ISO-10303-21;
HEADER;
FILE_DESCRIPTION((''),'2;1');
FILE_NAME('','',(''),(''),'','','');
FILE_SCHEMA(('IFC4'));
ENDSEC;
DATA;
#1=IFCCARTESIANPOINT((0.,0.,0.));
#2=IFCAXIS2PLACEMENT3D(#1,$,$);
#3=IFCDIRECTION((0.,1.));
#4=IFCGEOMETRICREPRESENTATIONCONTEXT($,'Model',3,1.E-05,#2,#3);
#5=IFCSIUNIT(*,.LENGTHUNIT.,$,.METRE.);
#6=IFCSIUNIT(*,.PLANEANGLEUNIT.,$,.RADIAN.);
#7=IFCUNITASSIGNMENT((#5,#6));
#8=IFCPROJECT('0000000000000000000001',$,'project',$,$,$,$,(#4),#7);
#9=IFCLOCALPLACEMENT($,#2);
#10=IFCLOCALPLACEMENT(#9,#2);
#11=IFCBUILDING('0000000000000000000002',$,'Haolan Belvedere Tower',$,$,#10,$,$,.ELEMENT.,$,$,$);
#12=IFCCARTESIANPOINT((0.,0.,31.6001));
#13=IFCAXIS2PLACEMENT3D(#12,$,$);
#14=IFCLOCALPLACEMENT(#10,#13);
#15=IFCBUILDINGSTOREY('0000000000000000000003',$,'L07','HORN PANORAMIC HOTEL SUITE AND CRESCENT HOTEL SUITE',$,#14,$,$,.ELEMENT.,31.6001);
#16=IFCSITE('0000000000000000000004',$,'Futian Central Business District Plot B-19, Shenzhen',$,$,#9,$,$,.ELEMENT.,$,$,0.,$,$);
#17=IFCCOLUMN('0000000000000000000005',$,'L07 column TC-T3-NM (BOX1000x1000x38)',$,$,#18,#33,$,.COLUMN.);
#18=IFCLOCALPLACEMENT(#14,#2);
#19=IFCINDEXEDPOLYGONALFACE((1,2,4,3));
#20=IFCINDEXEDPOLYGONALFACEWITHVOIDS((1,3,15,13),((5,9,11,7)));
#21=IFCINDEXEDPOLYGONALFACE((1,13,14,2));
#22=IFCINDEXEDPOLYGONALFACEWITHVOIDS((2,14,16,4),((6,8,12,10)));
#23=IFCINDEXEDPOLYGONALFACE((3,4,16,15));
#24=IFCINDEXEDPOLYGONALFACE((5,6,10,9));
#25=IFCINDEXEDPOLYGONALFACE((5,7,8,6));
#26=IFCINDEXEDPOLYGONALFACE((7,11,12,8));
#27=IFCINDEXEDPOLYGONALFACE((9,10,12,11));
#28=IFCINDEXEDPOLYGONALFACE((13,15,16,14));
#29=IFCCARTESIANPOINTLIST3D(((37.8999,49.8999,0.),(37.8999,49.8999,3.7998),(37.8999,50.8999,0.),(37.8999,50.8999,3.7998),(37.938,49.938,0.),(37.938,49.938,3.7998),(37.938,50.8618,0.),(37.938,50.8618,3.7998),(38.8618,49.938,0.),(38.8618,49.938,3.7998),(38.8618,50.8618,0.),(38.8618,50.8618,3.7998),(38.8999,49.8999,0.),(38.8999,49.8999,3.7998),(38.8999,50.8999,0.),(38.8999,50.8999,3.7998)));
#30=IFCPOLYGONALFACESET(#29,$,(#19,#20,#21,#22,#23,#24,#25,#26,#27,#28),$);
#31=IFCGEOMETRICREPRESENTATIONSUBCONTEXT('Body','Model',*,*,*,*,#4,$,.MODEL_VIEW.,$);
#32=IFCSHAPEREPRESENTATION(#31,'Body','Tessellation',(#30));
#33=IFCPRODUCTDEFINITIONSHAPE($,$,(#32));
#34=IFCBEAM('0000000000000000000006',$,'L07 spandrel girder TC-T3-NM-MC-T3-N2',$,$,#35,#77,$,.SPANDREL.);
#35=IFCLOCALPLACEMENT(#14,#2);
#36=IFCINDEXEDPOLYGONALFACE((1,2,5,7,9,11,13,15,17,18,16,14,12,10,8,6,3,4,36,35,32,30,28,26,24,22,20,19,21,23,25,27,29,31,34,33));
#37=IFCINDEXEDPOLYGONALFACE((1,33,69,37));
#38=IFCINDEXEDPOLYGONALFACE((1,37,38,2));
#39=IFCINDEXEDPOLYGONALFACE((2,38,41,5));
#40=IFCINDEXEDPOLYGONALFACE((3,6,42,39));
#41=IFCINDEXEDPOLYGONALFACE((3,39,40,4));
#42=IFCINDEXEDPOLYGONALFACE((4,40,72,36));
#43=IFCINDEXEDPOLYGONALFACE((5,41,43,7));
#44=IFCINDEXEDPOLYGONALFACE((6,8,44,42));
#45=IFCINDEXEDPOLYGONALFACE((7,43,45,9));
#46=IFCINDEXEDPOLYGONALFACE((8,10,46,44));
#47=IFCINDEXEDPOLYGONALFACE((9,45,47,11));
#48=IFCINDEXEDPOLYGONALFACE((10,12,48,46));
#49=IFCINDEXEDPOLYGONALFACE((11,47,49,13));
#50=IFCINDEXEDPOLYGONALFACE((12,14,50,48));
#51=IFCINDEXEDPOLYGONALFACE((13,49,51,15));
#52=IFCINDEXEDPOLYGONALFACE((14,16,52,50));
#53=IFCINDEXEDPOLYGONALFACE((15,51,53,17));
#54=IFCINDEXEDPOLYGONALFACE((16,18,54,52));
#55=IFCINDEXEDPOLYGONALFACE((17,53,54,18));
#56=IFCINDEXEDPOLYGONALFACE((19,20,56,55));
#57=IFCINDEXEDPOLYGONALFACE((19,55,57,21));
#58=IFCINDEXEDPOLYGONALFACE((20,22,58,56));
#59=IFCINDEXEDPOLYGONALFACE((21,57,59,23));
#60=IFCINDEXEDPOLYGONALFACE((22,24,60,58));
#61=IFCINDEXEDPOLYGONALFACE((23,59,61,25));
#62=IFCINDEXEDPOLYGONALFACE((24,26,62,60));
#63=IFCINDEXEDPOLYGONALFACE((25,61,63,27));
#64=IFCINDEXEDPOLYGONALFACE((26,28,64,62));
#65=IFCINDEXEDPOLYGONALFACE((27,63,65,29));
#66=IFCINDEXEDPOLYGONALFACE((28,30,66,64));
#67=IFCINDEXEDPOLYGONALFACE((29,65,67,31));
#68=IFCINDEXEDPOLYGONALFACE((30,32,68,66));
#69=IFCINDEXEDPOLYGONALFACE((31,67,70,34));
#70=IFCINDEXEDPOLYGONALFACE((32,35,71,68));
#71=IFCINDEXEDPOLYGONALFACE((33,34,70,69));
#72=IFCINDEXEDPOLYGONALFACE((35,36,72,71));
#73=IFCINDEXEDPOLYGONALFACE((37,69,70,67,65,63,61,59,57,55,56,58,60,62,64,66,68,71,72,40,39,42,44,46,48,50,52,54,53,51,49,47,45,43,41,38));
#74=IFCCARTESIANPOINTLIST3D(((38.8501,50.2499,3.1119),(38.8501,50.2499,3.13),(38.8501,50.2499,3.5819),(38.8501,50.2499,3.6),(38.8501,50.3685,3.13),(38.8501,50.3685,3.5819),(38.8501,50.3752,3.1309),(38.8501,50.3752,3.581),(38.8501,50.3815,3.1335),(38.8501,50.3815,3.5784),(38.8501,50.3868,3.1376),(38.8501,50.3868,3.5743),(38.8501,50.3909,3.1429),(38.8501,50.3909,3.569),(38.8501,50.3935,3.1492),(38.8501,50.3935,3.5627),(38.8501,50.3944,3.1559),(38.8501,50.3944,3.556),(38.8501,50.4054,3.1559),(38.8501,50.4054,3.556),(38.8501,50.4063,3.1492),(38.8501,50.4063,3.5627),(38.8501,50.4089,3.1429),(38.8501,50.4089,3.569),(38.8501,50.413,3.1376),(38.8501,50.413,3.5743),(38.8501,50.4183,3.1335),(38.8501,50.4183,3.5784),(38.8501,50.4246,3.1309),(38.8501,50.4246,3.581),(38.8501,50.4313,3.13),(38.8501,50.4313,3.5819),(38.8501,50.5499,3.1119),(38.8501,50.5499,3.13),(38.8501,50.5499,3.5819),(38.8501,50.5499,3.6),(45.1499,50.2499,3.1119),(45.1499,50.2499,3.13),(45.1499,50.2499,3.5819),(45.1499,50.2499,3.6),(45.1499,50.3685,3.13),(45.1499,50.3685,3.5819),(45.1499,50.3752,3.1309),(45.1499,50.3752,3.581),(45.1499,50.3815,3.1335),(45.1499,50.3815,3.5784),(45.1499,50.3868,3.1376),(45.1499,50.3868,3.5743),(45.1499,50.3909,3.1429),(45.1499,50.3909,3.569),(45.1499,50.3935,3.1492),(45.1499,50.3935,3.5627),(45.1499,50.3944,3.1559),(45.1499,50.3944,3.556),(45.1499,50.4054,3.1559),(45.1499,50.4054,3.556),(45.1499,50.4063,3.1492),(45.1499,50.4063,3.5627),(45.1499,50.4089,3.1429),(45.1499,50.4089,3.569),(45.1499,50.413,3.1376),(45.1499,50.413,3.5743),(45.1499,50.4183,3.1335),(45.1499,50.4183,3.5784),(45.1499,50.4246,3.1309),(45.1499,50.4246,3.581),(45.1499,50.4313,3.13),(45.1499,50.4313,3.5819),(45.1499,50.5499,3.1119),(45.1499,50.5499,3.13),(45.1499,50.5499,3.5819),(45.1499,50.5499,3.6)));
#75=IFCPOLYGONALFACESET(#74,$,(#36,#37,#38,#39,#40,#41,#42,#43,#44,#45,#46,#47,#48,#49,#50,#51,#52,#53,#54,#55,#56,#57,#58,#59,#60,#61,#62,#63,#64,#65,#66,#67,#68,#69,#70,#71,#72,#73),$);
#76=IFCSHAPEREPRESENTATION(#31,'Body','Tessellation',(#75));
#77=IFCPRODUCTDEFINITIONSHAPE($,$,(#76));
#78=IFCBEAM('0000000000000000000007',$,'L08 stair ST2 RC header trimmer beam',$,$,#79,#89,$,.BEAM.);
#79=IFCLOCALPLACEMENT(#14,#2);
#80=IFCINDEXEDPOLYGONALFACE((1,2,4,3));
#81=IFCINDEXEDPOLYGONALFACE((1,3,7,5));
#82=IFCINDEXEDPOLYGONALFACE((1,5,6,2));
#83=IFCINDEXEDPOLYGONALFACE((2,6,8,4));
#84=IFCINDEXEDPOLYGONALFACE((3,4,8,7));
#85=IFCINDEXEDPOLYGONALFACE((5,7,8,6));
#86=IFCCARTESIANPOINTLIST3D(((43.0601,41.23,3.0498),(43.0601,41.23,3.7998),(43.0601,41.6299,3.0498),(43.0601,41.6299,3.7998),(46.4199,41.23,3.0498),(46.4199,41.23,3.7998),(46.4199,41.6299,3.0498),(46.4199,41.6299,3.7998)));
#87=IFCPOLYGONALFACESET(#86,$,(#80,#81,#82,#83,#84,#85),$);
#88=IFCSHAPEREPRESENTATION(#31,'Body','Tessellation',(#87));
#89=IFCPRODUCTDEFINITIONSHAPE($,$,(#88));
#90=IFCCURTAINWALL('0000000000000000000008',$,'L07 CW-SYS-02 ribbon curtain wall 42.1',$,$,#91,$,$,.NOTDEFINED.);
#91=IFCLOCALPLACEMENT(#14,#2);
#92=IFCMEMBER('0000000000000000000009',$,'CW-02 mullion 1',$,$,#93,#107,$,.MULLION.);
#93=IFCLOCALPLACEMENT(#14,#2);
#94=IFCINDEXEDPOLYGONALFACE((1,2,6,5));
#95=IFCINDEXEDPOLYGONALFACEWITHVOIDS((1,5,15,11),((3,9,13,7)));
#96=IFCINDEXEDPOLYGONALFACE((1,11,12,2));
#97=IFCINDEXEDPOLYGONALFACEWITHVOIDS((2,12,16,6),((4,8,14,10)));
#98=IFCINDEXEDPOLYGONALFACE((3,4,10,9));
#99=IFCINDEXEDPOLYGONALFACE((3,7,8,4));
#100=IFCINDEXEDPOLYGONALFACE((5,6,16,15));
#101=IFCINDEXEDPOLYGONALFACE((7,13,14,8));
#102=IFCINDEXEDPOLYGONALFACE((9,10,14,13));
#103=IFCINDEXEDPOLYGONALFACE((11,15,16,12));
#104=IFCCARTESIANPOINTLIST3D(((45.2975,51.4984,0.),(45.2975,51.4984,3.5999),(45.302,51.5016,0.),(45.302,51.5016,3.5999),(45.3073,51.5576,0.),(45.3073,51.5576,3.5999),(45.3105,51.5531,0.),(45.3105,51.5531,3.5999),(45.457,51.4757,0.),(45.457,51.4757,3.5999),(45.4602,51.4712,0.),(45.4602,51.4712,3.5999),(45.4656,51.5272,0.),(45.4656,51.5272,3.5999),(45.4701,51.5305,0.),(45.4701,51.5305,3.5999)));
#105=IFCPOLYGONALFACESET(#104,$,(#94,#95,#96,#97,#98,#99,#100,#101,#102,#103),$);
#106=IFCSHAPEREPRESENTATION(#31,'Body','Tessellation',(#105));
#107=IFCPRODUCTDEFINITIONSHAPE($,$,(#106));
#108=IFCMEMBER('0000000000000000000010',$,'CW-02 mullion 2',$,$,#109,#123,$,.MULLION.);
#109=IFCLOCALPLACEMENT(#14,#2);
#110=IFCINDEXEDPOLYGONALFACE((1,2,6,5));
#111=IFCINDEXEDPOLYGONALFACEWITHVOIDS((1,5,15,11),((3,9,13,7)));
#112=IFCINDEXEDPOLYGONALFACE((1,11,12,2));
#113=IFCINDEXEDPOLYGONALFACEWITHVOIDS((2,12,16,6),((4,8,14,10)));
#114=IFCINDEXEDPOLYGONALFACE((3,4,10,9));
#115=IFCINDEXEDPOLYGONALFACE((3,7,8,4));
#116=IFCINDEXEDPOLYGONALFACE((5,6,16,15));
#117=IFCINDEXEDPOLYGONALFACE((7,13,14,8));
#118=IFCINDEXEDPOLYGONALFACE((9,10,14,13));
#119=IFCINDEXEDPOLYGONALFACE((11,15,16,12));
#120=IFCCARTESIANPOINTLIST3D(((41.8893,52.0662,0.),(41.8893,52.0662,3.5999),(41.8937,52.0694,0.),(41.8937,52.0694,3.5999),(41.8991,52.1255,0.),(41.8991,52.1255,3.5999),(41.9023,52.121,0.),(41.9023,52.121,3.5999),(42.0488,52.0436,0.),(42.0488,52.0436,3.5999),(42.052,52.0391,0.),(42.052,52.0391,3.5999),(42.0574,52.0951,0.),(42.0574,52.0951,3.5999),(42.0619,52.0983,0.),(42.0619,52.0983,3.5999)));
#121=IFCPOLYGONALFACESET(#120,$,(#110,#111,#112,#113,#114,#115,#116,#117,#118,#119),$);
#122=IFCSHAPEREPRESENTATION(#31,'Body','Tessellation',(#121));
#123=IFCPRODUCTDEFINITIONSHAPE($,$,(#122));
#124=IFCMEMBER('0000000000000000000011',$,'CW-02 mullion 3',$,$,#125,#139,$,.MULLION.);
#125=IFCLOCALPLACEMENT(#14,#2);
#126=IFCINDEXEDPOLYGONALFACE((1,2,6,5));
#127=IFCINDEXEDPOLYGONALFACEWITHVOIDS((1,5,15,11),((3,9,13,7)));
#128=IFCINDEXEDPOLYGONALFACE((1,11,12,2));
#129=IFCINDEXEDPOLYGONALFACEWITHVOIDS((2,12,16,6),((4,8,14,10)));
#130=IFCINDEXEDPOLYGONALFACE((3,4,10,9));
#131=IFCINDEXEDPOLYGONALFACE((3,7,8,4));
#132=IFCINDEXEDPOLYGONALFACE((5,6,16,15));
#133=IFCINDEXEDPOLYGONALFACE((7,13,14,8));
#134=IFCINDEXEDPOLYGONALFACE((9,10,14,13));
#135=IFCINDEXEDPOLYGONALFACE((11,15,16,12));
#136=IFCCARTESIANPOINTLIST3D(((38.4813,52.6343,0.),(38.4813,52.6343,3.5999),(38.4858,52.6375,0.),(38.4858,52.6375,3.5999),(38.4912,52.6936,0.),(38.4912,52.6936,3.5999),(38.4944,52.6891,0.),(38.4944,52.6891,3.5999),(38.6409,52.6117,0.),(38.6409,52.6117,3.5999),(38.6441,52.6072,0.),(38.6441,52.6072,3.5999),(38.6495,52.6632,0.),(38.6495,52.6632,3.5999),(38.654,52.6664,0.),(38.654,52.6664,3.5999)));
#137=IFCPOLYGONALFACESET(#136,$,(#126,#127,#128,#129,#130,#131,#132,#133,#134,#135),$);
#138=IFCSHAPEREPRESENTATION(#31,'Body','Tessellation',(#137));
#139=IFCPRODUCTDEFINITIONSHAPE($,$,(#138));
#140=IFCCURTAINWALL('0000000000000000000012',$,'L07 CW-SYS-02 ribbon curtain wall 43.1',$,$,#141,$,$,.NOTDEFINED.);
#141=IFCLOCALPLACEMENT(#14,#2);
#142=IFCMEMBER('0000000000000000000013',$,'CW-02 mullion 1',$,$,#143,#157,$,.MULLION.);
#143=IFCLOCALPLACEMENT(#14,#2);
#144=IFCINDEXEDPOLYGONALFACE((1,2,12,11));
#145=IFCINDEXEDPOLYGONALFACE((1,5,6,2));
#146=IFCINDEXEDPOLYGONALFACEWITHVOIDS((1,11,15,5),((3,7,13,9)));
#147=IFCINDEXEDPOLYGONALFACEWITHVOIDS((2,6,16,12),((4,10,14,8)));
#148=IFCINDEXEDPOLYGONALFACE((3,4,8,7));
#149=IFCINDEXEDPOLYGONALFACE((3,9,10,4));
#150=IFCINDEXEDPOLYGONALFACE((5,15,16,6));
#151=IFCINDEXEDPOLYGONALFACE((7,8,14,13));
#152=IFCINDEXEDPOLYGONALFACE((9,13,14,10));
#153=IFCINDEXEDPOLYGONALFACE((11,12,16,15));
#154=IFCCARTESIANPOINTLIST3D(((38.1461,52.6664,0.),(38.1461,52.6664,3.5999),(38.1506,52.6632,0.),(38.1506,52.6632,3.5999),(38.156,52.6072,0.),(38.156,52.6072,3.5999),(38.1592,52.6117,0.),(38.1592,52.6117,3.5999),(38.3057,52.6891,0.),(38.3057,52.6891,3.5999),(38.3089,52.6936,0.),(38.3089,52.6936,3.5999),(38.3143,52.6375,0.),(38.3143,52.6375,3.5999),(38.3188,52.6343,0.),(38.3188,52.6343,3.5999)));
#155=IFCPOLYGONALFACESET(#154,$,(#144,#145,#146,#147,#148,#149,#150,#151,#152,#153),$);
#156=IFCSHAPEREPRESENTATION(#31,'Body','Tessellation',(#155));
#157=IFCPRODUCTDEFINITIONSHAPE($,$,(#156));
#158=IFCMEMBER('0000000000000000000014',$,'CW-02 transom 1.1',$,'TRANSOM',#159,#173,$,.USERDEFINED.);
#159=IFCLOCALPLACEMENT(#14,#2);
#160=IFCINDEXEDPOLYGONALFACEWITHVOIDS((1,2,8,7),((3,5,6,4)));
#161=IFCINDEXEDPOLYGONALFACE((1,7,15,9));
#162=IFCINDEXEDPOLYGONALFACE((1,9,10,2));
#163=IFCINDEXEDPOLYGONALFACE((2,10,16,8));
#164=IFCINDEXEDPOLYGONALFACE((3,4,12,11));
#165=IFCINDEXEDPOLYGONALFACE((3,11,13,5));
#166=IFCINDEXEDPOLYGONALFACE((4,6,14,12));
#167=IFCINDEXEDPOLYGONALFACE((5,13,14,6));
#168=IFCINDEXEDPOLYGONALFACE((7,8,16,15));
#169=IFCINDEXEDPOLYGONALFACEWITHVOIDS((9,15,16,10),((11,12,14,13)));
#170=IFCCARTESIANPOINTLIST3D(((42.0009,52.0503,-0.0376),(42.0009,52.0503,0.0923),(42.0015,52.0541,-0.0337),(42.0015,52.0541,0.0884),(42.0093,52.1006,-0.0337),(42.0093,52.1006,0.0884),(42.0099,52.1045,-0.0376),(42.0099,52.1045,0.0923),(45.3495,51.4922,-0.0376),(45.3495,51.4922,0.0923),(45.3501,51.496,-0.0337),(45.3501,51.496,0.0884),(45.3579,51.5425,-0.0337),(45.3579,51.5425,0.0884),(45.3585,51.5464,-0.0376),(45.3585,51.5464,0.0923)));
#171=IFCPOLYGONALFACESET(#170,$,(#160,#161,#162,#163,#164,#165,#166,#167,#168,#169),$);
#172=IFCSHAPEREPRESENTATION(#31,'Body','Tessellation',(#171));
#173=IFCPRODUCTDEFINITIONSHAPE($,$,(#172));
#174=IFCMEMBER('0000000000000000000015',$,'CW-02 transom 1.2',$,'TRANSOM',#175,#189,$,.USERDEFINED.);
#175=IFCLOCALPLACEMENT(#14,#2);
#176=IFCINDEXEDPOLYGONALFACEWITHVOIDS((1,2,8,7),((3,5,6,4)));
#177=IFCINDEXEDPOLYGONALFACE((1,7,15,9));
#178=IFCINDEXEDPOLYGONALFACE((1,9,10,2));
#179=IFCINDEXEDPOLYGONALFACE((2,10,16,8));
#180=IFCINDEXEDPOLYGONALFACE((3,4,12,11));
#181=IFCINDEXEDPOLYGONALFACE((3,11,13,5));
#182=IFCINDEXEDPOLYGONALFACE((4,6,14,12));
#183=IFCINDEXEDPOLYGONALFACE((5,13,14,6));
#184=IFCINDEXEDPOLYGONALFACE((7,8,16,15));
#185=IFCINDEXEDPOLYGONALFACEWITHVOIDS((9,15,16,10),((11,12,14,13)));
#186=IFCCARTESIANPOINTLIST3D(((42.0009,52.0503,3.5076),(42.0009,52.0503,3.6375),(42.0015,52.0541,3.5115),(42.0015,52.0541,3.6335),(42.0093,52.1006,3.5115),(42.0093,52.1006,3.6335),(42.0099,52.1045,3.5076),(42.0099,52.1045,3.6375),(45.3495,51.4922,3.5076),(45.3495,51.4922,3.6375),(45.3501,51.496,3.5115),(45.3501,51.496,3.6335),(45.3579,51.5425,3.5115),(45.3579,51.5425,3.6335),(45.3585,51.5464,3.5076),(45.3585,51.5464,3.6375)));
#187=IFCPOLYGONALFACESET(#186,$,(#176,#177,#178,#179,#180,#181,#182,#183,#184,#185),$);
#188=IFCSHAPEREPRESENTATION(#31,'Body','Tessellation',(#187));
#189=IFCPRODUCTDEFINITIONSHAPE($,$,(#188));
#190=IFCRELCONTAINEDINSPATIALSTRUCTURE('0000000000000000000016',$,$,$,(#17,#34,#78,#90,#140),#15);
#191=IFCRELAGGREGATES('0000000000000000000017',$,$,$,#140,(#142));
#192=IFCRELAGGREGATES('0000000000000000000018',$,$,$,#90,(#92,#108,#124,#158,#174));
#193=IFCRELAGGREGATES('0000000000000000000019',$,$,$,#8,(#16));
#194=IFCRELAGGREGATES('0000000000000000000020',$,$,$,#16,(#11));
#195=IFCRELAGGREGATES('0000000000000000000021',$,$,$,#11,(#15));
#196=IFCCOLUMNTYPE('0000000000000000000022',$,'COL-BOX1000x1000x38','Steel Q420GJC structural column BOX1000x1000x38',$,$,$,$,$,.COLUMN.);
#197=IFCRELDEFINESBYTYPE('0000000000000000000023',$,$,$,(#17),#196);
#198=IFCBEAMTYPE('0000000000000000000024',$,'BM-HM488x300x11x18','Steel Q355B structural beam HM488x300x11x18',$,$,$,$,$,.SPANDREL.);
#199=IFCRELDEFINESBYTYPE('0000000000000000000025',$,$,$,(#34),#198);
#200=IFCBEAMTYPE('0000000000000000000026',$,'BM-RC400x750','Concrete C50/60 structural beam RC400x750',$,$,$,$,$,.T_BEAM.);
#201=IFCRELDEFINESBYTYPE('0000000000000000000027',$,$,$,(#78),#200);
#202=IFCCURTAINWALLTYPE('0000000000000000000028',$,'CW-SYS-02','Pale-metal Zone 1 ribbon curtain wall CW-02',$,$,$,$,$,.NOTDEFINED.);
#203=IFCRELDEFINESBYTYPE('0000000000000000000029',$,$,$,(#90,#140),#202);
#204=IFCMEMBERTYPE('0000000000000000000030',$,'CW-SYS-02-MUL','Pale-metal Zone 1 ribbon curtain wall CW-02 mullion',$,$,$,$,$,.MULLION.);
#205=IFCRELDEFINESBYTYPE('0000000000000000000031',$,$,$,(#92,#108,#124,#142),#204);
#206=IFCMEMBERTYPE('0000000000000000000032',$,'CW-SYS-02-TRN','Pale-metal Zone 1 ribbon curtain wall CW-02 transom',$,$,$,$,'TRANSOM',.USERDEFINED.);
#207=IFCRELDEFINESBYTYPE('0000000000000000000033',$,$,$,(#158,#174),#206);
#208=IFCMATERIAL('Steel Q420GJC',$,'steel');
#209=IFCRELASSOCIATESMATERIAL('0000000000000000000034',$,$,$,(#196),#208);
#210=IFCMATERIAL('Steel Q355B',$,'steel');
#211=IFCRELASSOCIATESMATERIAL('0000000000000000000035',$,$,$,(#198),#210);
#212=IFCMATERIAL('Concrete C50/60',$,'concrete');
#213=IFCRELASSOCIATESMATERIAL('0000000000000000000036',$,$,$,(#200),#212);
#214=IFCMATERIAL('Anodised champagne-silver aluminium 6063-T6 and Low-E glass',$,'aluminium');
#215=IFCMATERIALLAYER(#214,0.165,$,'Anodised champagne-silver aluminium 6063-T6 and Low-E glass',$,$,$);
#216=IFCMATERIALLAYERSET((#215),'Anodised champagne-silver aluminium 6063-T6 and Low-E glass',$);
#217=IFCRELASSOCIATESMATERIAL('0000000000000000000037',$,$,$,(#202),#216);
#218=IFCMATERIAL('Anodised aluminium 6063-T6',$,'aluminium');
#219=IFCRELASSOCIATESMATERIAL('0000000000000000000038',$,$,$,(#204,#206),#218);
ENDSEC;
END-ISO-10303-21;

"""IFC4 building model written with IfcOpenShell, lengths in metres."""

from ifc_helpers import new_model, si_unit, direction, frame, origin, origin_2d, place, context, subcontext, project, spatial, rectangle, hollow_rectangle, i_section, extrude, material, layer, layer_set, material_profile, profile_set, type_object, element, aggregate, save


model = new_model("IFC4")

# Units and contexts
model_context = context("Model", 3, precision=1e-05, world=origin(), true_north=direction((0.0, 1.0)))
body_context = subcontext(model_context, "Body", "Model", "MODEL_VIEW")
ifc_project = project(units=[si_unit("LENGTHUNIT", "METRE"), si_unit("PLANEANGLEUNIT", "RADIAN")], contexts=[model_context])

# Site, building, storey
site_placement = place(None, origin())
site = spatial("IfcSite", under=ifc_project, at=site_placement, Name="Futian Central Business District Plot B-19, Shenzhen", CompositionType="ELEMENT", RefElevation=0.0)
building_placement = place(site_placement, origin())
building = spatial("IfcBuilding", under=site, at=building_placement, Name="Haolan Belvedere Tower", CompositionType="ELEMENT")
storey_placement = place(building_placement, frame((0.0, 0.0, 31.6001)))
storey = spatial("IfcBuildingStorey", under=building, at=storey_placement, Name="L07", Description="HORN PANORAMIC HOTEL SUITE AND CRESCENT HOTEL SUITE", CompositionType="ELEMENT", Elevation=31.6001)

# Column
ifc_material_1 = material(Name="Steel Q420GJC", Category="steel")
ifc_material_profile_1 = material_profile(ifc_material_1, hollow_rectangle(XDim=1.0, YDim=1.0, WallThickness=0.0381, at=origin_2d()), Name="Steel Q420GJC")
ifc_profile_set_1 = profile_set([ifc_material_profile_1], Name="Steel Q420GJC")
column_type = type_object("IfcColumnType", Name="COL-BOX1000x1000x38", Description="Steel Q420GJC structural column BOX1000x1000x38", PredefinedType="COLUMN", material=ifc_profile_set_1)
column_placement = place(storey_placement, frame((38.3999, 50.3999, 0.0), z_axis=(0.0, 0.0, 1.0), x_axis=(1.0, 0.0, 0.0)))
element("IfcColumn", 1, at=column_placement, inside=storey, type_object=column_type, Name="L07 column TC-T3-NM (BOX1000x1000x38)", PredefinedType="COLUMN", context=body_context, shape_type="SweptSolid", body=[
    extrude(hollow_rectangle(XDim=1.0, YDim=1.0, WallThickness=0.0381, at=origin_2d()), origin(), (0.0, 0.0, 1.0), 3.7998),
])

# Beams
ifc_material_2 = material(Name="Steel Q355B", Category="steel")
ifc_material_profile_2 = material_profile(ifc_material_2, i_section(OverallWidth=0.3, OverallDepth=0.488, WebThickness=0.011, FlangeThickness=0.0181, FilletRadius=0.0259, at=origin_2d()), Name="Steel Q355B")
ifc_profile_set_2 = profile_set([ifc_material_profile_2], Name="Steel Q355B")
beam_type_1 = type_object("IfcBeamType", Name="BM-HM488x300x11x18", Description="Steel Q355B structural beam HM488x300x11x18", PredefinedType="SPANDREL", material=ifc_profile_set_2)
beam_1_placement = place(storey_placement, frame((38.8501, 50.3999, 3.356), z_axis=(1.0, 0.0, 0.0), x_axis=(0.0, 1.0, 0.0)))
element("IfcBeam", 2, at=beam_1_placement, inside=storey, type_object=beam_type_1, Name="L07 spandrel girder TC-T3-NM-MC-T3-N2", PredefinedType="SPANDREL", context=body_context, shape_type="SweptSolid", body=[
    extrude(i_section(OverallWidth=0.3, OverallDepth=0.488, WebThickness=0.011, FlangeThickness=0.0181, FilletRadius=0.0259, at=origin_2d()), origin(), (0.0, 0.0, 1.0), 6.2998),
])
ifc_material_3 = material(Name="Concrete C50/60", Category="concrete")
ifc_material_profile_3 = material_profile(ifc_material_3, rectangle(XDim=0.3999, YDim=0.75, at=origin_2d()), Name="Concrete C50/60")
ifc_profile_set_3 = profile_set([ifc_material_profile_3], Name="Concrete C50/60")
beam_type_2 = type_object("IfcBeamType", Name="BM-RC400x750", Description="Concrete C50/60 structural beam RC400x750", PredefinedType="T_BEAM", material=ifc_profile_set_3)
beam_2_placement = place(storey_placement, frame((43.0601, 41.4299, 3.4248), z_axis=(1.0, 0.0, 0.0), x_axis=(0.0, 1.0, 0.0)))
element("IfcBeam", 3, at=beam_2_placement, inside=storey, type_object=beam_type_2, Name="L08 stair ST2 RC header trimmer beam", PredefinedType="BEAM", context=body_context, shape_type="SweptSolid", body=[
    extrude(rectangle(XDim=0.3999, YDim=0.75, at=origin_2d()), origin(), (0.0, 0.0, 1.0), 3.3599),
])

# Curtain wall, members
ifc_material_4 = material(Name="Anodised champagne-silver aluminium 6063-T6 and Low-E glass", Category="aluminium")
ifc_layer_1 = layer(ifc_material_4, 0.165, Name="Anodised champagne-silver aluminium 6063-T6 and Low-E glass")
ifc_layer_set_1 = layer_set([ifc_layer_1], Name="Anodised champagne-silver aluminium 6063-T6 and Low-E glass")
curtain_wall_type = type_object("IfcCurtainWallType", Name="CW-SYS-02", Description="Pale-metal Zone 1 ribbon curtain wall CW-02", PredefinedType="NOTDEFINED", material=ifc_layer_set_1)
curtain_wall_1_placement = place(storey_placement, origin())
curtain_wall_1 = element("IfcCurtainWall", 4, at=curtain_wall_1_placement, inside=storey, type_object=curtain_wall_type, Name="L07 CW-SYS-02 ribbon curtain wall 42.1", PredefinedType="NOTDEFINED")
ifc_material_5 = material(Name="Anodised aluminium 6063-T6", Category="aluminium")
ifc_material_profile_4 = material_profile(ifc_material_5, hollow_rectangle(XDim=0.0601, YDim=0.165, WallThickness=0.0039, at=origin_2d()), Name="Anodised aluminium 6063-T6")
ifc_profile_set_4 = profile_set([ifc_material_profile_4], Name="Anodised aluminium 6063-T6")
member_type_1 = type_object("IfcMemberType", Name="CW-SYS-02-MUL", Description="Pale-metal Zone 1 ribbon curtain wall CW-02 mullion", PredefinedType="MULLION", material=ifc_profile_set_4)
member_1_placement = place(storey_placement, frame((45.3838, 51.5144, 0.0), z_axis=(0.0, 0.0, 1.0), x_axis=(-0.164404, -0.986393, 0.0)))
member_1 = element("IfcMember", 5, at=member_1_placement, type_object=member_type_1, Name="CW-02 mullion 1", PredefinedType="MULLION", context=body_context, shape_type="SweptSolid", body=[
    extrude(hollow_rectangle(XDim=0.0601, YDim=0.165, WallThickness=0.0039, at=origin_2d()), origin(), (0.0, 0.0, 1.0), 3.5999),
])
member_2_placement = place(storey_placement, frame((41.9756, 52.0823, 0.0), z_axis=(0.0, 0.0, 1.0), x_axis=(-0.164404, -0.986393, 0.0)))
member_2 = element("IfcMember", 6, at=member_2_placement, type_object=member_type_1, Name="CW-02 mullion 2", PredefinedType="MULLION", context=body_context, shape_type="SweptSolid", body=[
    extrude(hollow_rectangle(XDim=0.0601, YDim=0.165, WallThickness=0.0039, at=origin_2d()), origin(), (0.0, 0.0, 1.0), 3.5999),
])
member_3_placement = place(storey_placement, frame((38.5676, 52.6504, 0.0), z_axis=(0.0, 0.0, 1.0), x_axis=(-0.164404, -0.986393, 0.0)))
member_3 = element("IfcMember", 7, at=member_3_placement, type_object=member_type_1, Name="CW-02 mullion 3", PredefinedType="MULLION", context=body_context, shape_type="SweptSolid", body=[
    extrude(hollow_rectangle(XDim=0.0601, YDim=0.165, WallThickness=0.0039, at=origin_2d()), origin(), (0.0, 0.0, 1.0), 3.5999),
])

# Curtain wall, member
curtain_wall_2_placement = place(storey_placement, origin())
curtain_wall_2 = element("IfcCurtainWall", 8, at=curtain_wall_2_placement, inside=storey, type_object=curtain_wall_type, Name="L07 CW-SYS-02 ribbon curtain wall 43.1", PredefinedType="NOTDEFINED")
member_4_placement = place(storey_placement, frame((38.2324, 52.6504, 0.0), z_axis=(0.0, 0.0, 1.0), x_axis=(0.164404, -0.986393, 0.0)))
member_4 = element("IfcMember", 9, at=member_4_placement, type_object=member_type_1, Name="CW-02 mullion 1", PredefinedType="MULLION", context=body_context, shape_type="SweptSolid", body=[
    extrude(hollow_rectangle(XDim=0.0601, YDim=0.165, WallThickness=0.0039, at=origin_2d()), origin(), (0.0, 0.0, 1.0), 3.5999),
])

# Members
ifc_material_profile_5 = material_profile(ifc_material_5, hollow_rectangle(XDim=0.0549, YDim=0.1299, WallThickness=0.0039, at=origin_2d()), Name="Anodised aluminium 6063-T6")
ifc_profile_set_5 = profile_set([ifc_material_profile_5], Name="Anodised aluminium 6063-T6")
member_type_2 = type_object("IfcMemberType", Name="CW-SYS-02-TRN", Description="Pale-metal Zone 1 ribbon curtain wall CW-02 transom", ElementType="TRANSOM", PredefinedType="USERDEFINED", material=ifc_profile_set_5)
member_5_placement = place(storey_placement, frame((45.354, 51.5193, 0.0273), z_axis=(-0.986394, 0.164399, 0.0), x_axis=(-0.164399, -0.986394, 0.0)))
member_5 = element("IfcMember", 10, at=member_5_placement, type_object=member_type_2, Name="CW-02 transom 1.1", ObjectType="TRANSOM", PredefinedType="USERDEFINED", context=body_context, shape_type="SweptSolid", body=[
    extrude(hollow_rectangle(XDim=0.0549, YDim=0.1299, WallThickness=0.0039, at=origin_2d()), origin(), (0.0, 0.0, 1.0), 3.3948),
])
member_6_placement = place(storey_placement, frame((45.354, 51.5193, 3.5725), z_axis=(-0.986394, 0.164399, 0.0), x_axis=(-0.164399, -0.986394, 0.0)))
member_6 = element("IfcMember", 11, at=member_6_placement, type_object=member_type_2, Name="CW-02 transom 1.2", ObjectType="TRANSOM", PredefinedType="USERDEFINED", context=body_context, shape_type="SweptSolid", body=[
    extrude(hollow_rectangle(XDim=0.0549, YDim=0.1299, WallThickness=0.0039, at=origin_2d()), origin(), (0.0, 0.0, 1.0), 3.3948),
])
aggregate(curtain_wall_2, [member_4])

aggregate(curtain_wall_1, [member_1, member_2, member_3, member_5, member_6])

save(model, "model.ifc")
